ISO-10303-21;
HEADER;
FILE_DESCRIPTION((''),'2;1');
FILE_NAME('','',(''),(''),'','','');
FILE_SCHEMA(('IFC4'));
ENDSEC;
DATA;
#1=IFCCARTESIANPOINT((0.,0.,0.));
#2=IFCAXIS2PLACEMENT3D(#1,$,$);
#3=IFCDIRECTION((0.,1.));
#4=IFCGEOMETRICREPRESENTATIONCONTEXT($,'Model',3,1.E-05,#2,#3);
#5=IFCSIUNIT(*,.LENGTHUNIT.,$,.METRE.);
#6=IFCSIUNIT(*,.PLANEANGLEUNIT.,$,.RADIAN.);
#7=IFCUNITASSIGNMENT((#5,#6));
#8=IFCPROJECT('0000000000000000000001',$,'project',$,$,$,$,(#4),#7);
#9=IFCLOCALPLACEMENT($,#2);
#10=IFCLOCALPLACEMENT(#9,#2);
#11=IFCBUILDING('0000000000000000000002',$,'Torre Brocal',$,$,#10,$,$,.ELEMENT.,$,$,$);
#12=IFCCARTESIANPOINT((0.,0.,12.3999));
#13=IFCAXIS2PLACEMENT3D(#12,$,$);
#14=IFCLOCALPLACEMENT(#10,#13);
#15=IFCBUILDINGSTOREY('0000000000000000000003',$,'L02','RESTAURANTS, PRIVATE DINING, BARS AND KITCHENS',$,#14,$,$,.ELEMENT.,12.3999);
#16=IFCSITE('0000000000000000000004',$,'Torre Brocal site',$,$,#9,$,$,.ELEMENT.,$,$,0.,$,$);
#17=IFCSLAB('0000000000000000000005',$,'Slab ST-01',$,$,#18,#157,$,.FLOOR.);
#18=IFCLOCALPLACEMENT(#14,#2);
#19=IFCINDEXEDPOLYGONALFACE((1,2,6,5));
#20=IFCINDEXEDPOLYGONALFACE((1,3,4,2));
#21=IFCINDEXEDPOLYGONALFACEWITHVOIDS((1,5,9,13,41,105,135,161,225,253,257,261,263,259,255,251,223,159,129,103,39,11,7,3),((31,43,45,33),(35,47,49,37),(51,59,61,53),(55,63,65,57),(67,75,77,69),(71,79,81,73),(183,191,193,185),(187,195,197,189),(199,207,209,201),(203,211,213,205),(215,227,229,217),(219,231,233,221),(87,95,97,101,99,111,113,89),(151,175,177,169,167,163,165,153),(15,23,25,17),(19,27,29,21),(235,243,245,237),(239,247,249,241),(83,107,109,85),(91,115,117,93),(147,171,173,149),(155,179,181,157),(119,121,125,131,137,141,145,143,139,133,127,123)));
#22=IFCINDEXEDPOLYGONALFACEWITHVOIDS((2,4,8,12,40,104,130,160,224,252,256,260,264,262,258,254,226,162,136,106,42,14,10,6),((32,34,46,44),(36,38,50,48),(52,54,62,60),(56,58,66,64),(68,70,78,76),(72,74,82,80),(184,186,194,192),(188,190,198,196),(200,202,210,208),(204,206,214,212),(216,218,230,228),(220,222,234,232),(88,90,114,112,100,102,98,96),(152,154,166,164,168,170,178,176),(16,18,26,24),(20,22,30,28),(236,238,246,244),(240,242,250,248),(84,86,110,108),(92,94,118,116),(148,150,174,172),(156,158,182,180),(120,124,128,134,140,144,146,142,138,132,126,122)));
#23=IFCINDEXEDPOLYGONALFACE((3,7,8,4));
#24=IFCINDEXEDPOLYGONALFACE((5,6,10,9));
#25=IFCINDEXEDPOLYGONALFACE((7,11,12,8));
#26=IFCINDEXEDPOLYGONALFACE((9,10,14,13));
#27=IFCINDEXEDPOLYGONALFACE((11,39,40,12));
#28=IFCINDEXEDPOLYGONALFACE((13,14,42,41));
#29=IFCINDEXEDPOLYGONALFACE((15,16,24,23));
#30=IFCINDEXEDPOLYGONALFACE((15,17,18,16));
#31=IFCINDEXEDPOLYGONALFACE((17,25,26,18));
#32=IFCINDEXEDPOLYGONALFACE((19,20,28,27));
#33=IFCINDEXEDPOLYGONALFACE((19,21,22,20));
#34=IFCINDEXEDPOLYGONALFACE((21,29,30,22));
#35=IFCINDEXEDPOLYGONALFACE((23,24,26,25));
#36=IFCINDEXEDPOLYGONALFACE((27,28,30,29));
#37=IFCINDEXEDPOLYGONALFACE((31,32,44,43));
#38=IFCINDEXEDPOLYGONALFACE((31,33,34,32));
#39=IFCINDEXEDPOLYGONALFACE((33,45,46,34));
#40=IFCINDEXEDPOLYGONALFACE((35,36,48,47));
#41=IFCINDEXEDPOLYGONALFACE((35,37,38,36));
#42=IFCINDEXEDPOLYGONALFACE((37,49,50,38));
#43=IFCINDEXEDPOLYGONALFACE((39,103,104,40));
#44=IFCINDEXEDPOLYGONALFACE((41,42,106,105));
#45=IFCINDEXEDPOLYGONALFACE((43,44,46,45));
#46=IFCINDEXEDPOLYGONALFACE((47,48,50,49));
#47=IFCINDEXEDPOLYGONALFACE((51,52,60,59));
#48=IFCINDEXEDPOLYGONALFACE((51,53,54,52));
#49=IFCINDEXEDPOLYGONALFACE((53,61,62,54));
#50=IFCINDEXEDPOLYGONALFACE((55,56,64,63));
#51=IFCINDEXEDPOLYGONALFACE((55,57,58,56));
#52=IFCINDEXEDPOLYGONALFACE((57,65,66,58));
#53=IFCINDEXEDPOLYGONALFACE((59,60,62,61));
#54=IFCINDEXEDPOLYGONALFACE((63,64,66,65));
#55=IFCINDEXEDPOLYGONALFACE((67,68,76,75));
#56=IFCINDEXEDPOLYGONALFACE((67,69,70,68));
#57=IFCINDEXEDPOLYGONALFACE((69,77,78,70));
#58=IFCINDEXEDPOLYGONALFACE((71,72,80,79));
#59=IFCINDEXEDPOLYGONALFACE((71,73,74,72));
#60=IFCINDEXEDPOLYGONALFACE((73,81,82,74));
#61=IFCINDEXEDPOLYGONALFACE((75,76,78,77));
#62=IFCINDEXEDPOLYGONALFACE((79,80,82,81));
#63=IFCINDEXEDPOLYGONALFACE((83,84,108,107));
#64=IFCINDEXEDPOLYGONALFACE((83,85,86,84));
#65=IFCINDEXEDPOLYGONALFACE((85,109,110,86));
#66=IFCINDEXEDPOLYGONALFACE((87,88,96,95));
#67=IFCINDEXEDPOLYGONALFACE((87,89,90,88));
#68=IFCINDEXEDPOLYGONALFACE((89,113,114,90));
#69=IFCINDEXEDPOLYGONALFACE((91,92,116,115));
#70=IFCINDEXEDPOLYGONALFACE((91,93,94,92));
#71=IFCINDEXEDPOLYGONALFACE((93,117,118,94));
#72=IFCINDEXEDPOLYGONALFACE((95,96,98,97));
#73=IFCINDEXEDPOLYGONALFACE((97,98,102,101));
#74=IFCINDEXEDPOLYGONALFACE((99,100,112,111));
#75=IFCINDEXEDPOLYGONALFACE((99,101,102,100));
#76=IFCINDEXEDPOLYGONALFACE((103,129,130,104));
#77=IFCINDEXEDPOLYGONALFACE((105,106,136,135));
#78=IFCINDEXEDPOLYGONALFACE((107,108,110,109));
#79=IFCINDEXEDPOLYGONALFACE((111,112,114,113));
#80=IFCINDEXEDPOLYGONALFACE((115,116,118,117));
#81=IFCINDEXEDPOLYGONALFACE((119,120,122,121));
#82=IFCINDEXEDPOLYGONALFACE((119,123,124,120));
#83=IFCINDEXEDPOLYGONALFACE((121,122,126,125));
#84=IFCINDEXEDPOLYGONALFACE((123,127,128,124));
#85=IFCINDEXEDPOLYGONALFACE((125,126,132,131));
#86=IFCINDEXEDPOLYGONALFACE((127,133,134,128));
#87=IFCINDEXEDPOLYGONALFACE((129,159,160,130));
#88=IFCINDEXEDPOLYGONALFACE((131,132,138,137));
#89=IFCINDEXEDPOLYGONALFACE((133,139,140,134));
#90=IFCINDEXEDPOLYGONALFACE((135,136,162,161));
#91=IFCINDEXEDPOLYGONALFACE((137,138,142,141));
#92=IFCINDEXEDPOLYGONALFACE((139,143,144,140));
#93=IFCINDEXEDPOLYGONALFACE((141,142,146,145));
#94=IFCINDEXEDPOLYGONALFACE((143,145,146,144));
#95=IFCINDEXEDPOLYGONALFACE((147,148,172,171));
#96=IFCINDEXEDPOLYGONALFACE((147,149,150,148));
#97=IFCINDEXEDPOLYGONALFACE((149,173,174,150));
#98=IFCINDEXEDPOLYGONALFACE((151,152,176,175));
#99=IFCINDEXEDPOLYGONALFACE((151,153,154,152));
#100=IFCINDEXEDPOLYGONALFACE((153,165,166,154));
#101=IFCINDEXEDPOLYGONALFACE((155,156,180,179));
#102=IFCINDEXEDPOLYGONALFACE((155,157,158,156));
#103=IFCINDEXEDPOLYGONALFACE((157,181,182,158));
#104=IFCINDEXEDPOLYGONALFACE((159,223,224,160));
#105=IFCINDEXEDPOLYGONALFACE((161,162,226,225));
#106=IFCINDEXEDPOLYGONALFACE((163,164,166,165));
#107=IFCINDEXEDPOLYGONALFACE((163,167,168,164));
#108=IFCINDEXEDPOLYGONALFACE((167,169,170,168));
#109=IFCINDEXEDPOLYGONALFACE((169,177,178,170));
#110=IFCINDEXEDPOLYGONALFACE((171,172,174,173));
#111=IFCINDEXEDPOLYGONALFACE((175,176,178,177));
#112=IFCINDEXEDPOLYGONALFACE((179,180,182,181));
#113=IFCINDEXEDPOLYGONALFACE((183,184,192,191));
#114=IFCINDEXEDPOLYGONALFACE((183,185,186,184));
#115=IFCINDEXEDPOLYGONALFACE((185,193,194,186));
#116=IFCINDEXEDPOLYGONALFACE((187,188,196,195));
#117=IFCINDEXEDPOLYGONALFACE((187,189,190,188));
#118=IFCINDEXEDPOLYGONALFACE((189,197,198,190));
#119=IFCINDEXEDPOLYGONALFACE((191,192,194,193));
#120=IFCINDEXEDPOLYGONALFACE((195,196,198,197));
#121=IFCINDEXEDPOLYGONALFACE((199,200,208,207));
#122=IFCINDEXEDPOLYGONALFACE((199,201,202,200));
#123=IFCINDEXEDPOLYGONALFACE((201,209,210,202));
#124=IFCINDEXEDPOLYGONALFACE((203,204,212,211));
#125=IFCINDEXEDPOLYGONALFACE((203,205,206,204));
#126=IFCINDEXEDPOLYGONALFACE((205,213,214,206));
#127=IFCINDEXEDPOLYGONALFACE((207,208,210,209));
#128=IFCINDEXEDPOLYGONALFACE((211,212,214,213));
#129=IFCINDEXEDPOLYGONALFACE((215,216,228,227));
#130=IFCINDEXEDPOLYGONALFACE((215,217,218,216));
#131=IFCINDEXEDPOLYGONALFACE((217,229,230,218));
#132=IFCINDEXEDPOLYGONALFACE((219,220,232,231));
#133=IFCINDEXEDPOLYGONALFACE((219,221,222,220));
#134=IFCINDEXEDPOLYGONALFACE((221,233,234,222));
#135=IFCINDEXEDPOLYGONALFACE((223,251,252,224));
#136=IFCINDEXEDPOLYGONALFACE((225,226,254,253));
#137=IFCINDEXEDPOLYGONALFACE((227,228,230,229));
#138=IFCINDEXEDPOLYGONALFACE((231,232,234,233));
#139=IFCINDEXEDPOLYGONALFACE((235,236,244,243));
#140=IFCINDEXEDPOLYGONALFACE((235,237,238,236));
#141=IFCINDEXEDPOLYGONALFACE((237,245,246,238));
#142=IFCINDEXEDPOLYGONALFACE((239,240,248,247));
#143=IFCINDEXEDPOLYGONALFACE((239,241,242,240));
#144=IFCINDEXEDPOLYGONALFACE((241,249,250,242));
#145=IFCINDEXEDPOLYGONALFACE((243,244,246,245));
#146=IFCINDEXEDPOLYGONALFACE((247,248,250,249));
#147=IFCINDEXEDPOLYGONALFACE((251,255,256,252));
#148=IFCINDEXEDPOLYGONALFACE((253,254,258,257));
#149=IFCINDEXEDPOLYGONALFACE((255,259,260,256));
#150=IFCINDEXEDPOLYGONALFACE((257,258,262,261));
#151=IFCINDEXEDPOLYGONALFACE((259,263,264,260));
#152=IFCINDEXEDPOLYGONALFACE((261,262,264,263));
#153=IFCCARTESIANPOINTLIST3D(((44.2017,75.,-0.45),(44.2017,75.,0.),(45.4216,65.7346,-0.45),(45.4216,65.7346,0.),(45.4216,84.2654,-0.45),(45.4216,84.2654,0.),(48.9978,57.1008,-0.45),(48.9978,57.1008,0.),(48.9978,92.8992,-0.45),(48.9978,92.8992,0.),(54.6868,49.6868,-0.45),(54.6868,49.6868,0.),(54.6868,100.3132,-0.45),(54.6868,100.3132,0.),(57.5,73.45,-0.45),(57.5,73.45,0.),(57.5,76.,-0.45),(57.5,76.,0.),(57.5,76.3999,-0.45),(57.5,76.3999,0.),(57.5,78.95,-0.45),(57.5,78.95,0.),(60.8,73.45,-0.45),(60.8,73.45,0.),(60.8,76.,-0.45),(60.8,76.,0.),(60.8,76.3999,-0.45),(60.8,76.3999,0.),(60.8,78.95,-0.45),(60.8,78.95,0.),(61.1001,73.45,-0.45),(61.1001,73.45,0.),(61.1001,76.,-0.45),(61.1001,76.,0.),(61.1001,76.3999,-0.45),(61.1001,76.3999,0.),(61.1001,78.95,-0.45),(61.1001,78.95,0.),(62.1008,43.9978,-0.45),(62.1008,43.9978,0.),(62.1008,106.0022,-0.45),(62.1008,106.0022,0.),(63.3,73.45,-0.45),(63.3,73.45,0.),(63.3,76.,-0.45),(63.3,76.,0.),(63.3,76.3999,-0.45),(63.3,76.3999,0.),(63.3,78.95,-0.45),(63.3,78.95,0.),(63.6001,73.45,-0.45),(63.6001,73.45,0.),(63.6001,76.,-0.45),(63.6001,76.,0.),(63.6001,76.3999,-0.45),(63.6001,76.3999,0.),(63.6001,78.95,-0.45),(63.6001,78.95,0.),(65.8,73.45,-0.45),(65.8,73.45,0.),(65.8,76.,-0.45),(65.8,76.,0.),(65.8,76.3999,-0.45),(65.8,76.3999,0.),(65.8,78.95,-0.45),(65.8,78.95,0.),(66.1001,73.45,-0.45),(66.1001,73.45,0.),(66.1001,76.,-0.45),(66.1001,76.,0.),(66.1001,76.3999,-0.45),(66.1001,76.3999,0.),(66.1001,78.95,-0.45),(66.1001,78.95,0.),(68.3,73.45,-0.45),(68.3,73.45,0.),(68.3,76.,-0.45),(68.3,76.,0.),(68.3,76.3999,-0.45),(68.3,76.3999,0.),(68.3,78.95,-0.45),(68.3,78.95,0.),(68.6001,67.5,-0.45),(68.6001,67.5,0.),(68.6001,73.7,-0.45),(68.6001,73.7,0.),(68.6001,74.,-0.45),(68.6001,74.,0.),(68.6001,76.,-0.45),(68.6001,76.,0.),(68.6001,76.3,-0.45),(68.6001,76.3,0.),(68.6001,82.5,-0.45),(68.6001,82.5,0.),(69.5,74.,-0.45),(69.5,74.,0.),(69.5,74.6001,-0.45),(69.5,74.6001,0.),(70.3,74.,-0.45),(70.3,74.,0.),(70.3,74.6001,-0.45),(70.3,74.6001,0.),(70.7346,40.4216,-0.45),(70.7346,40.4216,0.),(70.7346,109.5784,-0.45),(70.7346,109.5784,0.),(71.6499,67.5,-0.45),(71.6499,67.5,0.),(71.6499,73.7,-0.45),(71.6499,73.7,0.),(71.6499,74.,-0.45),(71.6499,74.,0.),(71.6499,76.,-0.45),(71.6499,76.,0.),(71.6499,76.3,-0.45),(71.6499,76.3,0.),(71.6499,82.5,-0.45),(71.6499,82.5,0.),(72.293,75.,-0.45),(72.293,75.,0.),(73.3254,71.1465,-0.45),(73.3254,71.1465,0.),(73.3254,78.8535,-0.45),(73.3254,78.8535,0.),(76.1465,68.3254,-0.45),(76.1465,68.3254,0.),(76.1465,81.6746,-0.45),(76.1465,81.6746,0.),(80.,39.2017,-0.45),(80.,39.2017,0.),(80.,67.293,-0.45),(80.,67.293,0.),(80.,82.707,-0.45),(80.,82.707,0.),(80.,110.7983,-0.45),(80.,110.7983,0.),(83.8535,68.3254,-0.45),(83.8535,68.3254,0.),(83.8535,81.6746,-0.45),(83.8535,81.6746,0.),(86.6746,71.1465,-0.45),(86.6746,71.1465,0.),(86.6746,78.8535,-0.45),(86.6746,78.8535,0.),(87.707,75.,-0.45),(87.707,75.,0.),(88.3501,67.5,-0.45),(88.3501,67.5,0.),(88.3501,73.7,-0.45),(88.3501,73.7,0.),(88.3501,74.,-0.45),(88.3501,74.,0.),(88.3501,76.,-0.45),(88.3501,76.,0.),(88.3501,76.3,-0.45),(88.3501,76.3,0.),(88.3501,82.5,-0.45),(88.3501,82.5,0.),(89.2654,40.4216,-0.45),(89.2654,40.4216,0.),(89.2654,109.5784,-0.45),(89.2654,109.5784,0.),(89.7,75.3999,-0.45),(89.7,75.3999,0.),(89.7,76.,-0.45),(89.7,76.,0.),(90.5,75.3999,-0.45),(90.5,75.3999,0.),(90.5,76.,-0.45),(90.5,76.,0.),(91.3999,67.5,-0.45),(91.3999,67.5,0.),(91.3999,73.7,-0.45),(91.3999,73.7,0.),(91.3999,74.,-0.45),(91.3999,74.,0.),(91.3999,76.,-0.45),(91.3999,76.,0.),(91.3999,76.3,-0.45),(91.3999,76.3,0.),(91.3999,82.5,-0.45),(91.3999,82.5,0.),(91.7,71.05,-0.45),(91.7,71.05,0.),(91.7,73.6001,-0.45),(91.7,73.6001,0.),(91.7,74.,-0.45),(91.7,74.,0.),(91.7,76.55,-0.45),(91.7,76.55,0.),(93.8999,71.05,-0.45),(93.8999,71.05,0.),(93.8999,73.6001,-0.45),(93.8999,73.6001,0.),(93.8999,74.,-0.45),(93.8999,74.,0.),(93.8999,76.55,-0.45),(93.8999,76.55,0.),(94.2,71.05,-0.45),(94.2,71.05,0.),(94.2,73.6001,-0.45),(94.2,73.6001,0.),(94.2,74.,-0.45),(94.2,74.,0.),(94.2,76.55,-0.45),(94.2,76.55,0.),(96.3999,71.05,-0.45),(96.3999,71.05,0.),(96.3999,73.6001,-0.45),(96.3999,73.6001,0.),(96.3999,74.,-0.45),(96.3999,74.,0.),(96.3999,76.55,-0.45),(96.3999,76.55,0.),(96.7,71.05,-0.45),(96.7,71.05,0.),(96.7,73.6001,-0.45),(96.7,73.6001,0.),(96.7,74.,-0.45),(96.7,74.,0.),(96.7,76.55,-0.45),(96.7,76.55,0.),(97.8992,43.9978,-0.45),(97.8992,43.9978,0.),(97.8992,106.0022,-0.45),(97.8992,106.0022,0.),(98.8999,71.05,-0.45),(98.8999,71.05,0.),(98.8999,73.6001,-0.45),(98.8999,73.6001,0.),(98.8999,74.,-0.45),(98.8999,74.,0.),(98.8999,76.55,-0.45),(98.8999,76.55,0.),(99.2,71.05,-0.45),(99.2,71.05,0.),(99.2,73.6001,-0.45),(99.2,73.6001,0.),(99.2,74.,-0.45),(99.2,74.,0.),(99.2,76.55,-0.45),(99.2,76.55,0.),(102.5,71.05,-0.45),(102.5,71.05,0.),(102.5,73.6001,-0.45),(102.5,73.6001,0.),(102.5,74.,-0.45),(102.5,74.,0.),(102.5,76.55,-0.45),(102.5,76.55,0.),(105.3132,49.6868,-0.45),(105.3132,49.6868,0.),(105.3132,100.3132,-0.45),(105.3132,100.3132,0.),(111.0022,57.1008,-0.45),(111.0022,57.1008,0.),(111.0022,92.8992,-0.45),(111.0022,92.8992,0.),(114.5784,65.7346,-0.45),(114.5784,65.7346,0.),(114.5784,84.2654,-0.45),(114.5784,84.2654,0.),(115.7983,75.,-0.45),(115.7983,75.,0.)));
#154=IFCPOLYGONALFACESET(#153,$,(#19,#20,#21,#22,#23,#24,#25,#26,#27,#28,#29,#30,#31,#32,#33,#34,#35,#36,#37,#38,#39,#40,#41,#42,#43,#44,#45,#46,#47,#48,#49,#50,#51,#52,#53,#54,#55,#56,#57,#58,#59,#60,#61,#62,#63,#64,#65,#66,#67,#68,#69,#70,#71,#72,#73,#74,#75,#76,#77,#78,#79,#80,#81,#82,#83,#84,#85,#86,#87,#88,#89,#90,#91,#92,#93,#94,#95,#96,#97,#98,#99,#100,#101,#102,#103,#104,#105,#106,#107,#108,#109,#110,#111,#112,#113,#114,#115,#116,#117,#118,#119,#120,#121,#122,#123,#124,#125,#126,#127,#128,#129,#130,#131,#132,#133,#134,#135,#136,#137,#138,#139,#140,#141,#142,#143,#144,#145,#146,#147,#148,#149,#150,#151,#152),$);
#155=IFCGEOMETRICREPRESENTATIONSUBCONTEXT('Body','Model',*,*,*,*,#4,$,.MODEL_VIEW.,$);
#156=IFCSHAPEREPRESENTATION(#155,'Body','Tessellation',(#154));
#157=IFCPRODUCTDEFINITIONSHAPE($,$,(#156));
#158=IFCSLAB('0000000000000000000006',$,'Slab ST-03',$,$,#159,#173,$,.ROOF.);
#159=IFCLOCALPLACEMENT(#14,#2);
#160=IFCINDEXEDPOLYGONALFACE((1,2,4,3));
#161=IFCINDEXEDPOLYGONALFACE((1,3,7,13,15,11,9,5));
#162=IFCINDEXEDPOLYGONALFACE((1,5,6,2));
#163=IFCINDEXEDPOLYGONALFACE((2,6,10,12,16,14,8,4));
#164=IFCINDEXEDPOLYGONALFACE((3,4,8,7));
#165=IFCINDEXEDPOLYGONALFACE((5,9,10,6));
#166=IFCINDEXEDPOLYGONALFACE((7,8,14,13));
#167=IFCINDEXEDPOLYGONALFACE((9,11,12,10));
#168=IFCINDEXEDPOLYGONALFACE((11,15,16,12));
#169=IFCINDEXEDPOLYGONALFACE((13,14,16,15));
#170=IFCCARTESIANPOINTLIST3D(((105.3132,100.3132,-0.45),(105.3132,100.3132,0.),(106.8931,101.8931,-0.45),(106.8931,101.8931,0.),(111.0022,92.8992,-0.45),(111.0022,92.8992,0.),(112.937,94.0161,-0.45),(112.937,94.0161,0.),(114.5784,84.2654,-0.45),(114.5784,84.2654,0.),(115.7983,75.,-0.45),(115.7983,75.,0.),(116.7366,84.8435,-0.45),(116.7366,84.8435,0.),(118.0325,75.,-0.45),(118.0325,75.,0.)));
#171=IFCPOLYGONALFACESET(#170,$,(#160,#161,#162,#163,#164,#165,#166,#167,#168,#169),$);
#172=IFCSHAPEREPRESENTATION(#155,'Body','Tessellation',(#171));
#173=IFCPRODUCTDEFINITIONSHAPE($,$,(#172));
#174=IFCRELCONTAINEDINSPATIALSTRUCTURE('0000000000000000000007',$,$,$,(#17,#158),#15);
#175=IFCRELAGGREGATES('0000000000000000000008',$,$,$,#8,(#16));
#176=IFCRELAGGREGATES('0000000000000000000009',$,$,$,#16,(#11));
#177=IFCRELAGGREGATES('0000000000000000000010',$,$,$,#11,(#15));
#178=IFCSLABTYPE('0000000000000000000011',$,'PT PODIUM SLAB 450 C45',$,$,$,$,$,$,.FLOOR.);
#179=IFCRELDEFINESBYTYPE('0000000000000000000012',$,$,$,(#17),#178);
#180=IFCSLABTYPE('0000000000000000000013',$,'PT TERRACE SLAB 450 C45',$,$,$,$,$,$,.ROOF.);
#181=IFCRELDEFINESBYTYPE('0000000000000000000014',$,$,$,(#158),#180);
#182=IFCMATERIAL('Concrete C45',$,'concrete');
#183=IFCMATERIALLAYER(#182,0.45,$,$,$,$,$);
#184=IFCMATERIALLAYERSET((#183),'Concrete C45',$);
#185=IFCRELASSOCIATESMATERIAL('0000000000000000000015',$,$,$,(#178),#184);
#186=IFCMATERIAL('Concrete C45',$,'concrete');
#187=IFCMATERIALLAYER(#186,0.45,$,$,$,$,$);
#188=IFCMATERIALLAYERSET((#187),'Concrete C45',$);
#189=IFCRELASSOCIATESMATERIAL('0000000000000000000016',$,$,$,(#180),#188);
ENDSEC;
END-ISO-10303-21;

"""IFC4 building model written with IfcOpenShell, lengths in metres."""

from ifc_helpers import new_model, si_unit, direction, frame, origin, place, context, subcontext, project, spatial, polyline, outline, extrude, material, layer, layer_set, type_object, element, save


model = new_model("IFC4")

# Units and contexts
model_context = context("Model", 3, precision=1e-05, world=origin(), true_north=direction((0.0, 1.0)))
body_context = subcontext(model_context, "Body", "Model", "MODEL_VIEW")
ifc_project = project(units=[si_unit("LENGTHUNIT", "METRE"), si_unit("PLANEANGLEUNIT", "RADIAN")], contexts=[model_context])

# Site, building, storey
site_placement = place(None, origin())
site = spatial("IfcSite", under=ifc_project, at=site_placement, Name="Torre Brocal site", CompositionType="ELEMENT", RefElevation=0.0)
building_placement = place(site_placement, origin())
building = spatial("IfcBuilding", under=site, at=building_placement, Name="Torre Brocal", CompositionType="ELEMENT")
storey_placement = place(building_placement, frame((0.0, 0.0, 12.3999)))
storey = spatial("IfcBuildingStorey", under=building, at=storey_placement, Name="L02", Description="RESTAURANTS, PRIVATE DINING, BARS AND KITCHENS", CompositionType="ELEMENT", Elevation=12.3999)

# Slabs
ifc_material_1 = material(Name="Concrete C45", Category="concrete")
ifc_layer_1 = layer(ifc_material_1, 0.45)
ifc_layer_set_1 = layer_set([ifc_layer_1], Name="Concrete C45")
slab_type_1 = type_object("IfcSlabType", Name="PT PODIUM SLAB 450 C45", PredefinedType="FLOOR", material=ifc_layer_set_1)
slab_1_placement = place(storey_placement, frame((0.0, 0.0, -0.45)))
element("IfcSlab", 1, at=slab_1_placement, inside=storey, type_object=slab_type_1, Name="Slab ST-01", PredefinedType="FLOOR", context=body_context, shape_type="SweptSolid", body=[
    extrude(outline(polyline([(105.3132, 49.6868), (97.8992, 43.9978), (89.2654, 40.4216), (80.0, 39.2017), (70.7346, 40.4216), (62.1008, 43.9978), (54.6868, 49.6868), (48.9978, 57.1008), (45.4216, 65.7346), (44.2017, 75.0), (45.4216, 84.2654), (48.9978, 92.8992), (54.6868, 100.3132), (62.1008, 106.0022), (70.7346, 109.5784), (80.0, 110.7983), (89.2654, 109.5784), (97.8992, 106.0022), (105.3132, 100.3132), (111.0022, 92.8992), (114.5784, 84.2654), (115.7983, 75.0), (114.5784, 65.7346), (111.0022, 57.1008), (105.3132, 49.6868)]), holes=[polyline([(102.5, 74.0), (102.5, 76.55), (99.2, 76.55), (99.2, 74.0), (102.5, 74.0)]), polyline([(102.5, 71.05), (102.5, 73.6001), (99.2, 73.6001), (99.2, 71.05), (102.5, 71.05)]), polyline([(98.8999, 76.55), (96.7, 76.55), (96.7, 74.0), (98.8999, 74.0), (98.8999, 76.55)]), polyline([(98.8999, 71.05), (98.8999, 73.6001), (96.7, 73.6001), (96.7, 71.05), (98.8999, 71.05)]), polyline([(96.3999, 73.6001), (94.2, 73.6001), (94.2, 71.05), (96.3999, 71.05), (96.3999, 73.6001)]), polyline([(96.3999, 74.0), (96.3999, 76.55), (94.2, 76.55), (94.2, 74.0), (96.3999, 74.0)]), polyline([(93.8999, 73.6001), (91.7, 73.6001), (91.7, 71.05), (93.8999, 71.05), (93.8999, 73.6001)]), polyline([(93.8999, 74.0), (93.8999, 76.55), (91.7, 76.55), (91.7, 74.0), (93.8999, 74.0)]), polyline([(91.3999, 76.3), (91.3999, 82.5), (88.3501, 82.5), (88.3501, 76.3), (91.3999, 76.3)]), polyline([(91.3999, 73.7), (88.3501, 73.7), (88.3501, 67.5), (91.3999, 67.5), (91.3999, 73.7)]), polyline([(89.7, 76.0), (88.3501, 76.0), (88.3501, 74.0), (91.3999, 74.0), (91.3999, 76.0), (90.5, 76.0), (90.5, 75.3999), (89.7, 75.3999), (89.7, 76.0)]), polyline([(80.0, 82.707), (76.1465, 81.6746), (73.3254, 78.8535), (72.293, 75.0), (73.3254, 71.1465), (76.1465, 68.3254), (80.0, 67.293), (83.8535, 68.3254), (86.6746, 71.1465), (87.707, 75.0), (86.6746, 78.8535), (83.8535, 81.6746), (80.0, 82.707)]), polyline([(68.6001, 82.5), (68.6001, 76.3), (71.6499, 76.3), (71.6499, 82.5), (68.6001, 82.5)]), polyline([(70.3, 74.0), (71.6499, 74.0), (71.6499, 76.0), (68.6001, 76.0), (68.6001, 74.0), (69.5, 74.0), (69.5, 74.6001), (70.3, 74.6001), (70.3, 74.0)]), polyline([(68.6001, 67.5), (71.6499, 67.5), (71.6499, 73.7), (68.6001, 73.7), (68.6001, 67.5)]), polyline([(66.1001, 78.95), (66.1001, 76.3999), (68.3, 76.3999), (68.3, 78.95), (66.1001, 78.95)]), polyline([(66.1001, 76.0), (66.1001, 73.45), (68.3, 73.45), (68.3, 76.0), (66.1001, 76.0)]), polyline([(63.6001, 76.0), (63.6001, 73.45), (65.8, 73.45), (65.8, 76.0), (63.6001, 76.0)]), polyline([(63.6001, 76.3999), (65.8, 76.3999), (65.8, 78.95), (63.6001, 78.95), (63.6001, 76.3999)]), polyline([(61.1001, 78.95), (61.1001, 76.3999), (63.3, 76.3999), (63.3, 78.95), (61.1001, 78.95)]), polyline([(61.1001, 73.45), (63.3, 73.45), (63.3, 76.0), (61.1001, 76.0), (61.1001, 73.45)]), polyline([(57.5, 73.45), (60.8, 73.45), (60.8, 76.0), (57.5, 76.0), (57.5, 73.45)]), polyline([(57.5, 78.95), (57.5, 76.3999), (60.8, 76.3999), (60.8, 78.95), (57.5, 78.95)])]), origin(), (0.0, 0.0, 1.0), 0.45),
])
ifc_material_2 = material(Name="Concrete C45", Category="concrete")
ifc_layer_2 = layer(ifc_material_2, 0.45)
ifc_layer_set_2 = layer_set([ifc_layer_2], Name="Concrete C45")
slab_type_2 = type_object("IfcSlabType", Name="PT TERRACE SLAB 450 C45", PredefinedType="ROOF", material=ifc_layer_set_2)
slab_2_placement = place(storey_placement, frame((0.0, 0.0, -0.45)))
element("IfcSlab", 2, at=slab_2_placement, inside=storey, type_object=slab_type_2, Name="Slab ST-03", PredefinedType="ROOF", context=body_context, shape_type="SweptSolid", body=[
    extrude(outline(polyline([(114.5784, 84.2654), (111.0022, 92.8992), (105.3132, 100.3132), (106.8931, 101.8931), (112.937, 94.0161), (116.7366, 84.8435), (118.0325, 75.0), (115.7983, 75.0), (114.5784, 84.2654)])), origin(), (0.0, 0.0, 1.0), 0.45),
])

save(model, "model.ifc")
